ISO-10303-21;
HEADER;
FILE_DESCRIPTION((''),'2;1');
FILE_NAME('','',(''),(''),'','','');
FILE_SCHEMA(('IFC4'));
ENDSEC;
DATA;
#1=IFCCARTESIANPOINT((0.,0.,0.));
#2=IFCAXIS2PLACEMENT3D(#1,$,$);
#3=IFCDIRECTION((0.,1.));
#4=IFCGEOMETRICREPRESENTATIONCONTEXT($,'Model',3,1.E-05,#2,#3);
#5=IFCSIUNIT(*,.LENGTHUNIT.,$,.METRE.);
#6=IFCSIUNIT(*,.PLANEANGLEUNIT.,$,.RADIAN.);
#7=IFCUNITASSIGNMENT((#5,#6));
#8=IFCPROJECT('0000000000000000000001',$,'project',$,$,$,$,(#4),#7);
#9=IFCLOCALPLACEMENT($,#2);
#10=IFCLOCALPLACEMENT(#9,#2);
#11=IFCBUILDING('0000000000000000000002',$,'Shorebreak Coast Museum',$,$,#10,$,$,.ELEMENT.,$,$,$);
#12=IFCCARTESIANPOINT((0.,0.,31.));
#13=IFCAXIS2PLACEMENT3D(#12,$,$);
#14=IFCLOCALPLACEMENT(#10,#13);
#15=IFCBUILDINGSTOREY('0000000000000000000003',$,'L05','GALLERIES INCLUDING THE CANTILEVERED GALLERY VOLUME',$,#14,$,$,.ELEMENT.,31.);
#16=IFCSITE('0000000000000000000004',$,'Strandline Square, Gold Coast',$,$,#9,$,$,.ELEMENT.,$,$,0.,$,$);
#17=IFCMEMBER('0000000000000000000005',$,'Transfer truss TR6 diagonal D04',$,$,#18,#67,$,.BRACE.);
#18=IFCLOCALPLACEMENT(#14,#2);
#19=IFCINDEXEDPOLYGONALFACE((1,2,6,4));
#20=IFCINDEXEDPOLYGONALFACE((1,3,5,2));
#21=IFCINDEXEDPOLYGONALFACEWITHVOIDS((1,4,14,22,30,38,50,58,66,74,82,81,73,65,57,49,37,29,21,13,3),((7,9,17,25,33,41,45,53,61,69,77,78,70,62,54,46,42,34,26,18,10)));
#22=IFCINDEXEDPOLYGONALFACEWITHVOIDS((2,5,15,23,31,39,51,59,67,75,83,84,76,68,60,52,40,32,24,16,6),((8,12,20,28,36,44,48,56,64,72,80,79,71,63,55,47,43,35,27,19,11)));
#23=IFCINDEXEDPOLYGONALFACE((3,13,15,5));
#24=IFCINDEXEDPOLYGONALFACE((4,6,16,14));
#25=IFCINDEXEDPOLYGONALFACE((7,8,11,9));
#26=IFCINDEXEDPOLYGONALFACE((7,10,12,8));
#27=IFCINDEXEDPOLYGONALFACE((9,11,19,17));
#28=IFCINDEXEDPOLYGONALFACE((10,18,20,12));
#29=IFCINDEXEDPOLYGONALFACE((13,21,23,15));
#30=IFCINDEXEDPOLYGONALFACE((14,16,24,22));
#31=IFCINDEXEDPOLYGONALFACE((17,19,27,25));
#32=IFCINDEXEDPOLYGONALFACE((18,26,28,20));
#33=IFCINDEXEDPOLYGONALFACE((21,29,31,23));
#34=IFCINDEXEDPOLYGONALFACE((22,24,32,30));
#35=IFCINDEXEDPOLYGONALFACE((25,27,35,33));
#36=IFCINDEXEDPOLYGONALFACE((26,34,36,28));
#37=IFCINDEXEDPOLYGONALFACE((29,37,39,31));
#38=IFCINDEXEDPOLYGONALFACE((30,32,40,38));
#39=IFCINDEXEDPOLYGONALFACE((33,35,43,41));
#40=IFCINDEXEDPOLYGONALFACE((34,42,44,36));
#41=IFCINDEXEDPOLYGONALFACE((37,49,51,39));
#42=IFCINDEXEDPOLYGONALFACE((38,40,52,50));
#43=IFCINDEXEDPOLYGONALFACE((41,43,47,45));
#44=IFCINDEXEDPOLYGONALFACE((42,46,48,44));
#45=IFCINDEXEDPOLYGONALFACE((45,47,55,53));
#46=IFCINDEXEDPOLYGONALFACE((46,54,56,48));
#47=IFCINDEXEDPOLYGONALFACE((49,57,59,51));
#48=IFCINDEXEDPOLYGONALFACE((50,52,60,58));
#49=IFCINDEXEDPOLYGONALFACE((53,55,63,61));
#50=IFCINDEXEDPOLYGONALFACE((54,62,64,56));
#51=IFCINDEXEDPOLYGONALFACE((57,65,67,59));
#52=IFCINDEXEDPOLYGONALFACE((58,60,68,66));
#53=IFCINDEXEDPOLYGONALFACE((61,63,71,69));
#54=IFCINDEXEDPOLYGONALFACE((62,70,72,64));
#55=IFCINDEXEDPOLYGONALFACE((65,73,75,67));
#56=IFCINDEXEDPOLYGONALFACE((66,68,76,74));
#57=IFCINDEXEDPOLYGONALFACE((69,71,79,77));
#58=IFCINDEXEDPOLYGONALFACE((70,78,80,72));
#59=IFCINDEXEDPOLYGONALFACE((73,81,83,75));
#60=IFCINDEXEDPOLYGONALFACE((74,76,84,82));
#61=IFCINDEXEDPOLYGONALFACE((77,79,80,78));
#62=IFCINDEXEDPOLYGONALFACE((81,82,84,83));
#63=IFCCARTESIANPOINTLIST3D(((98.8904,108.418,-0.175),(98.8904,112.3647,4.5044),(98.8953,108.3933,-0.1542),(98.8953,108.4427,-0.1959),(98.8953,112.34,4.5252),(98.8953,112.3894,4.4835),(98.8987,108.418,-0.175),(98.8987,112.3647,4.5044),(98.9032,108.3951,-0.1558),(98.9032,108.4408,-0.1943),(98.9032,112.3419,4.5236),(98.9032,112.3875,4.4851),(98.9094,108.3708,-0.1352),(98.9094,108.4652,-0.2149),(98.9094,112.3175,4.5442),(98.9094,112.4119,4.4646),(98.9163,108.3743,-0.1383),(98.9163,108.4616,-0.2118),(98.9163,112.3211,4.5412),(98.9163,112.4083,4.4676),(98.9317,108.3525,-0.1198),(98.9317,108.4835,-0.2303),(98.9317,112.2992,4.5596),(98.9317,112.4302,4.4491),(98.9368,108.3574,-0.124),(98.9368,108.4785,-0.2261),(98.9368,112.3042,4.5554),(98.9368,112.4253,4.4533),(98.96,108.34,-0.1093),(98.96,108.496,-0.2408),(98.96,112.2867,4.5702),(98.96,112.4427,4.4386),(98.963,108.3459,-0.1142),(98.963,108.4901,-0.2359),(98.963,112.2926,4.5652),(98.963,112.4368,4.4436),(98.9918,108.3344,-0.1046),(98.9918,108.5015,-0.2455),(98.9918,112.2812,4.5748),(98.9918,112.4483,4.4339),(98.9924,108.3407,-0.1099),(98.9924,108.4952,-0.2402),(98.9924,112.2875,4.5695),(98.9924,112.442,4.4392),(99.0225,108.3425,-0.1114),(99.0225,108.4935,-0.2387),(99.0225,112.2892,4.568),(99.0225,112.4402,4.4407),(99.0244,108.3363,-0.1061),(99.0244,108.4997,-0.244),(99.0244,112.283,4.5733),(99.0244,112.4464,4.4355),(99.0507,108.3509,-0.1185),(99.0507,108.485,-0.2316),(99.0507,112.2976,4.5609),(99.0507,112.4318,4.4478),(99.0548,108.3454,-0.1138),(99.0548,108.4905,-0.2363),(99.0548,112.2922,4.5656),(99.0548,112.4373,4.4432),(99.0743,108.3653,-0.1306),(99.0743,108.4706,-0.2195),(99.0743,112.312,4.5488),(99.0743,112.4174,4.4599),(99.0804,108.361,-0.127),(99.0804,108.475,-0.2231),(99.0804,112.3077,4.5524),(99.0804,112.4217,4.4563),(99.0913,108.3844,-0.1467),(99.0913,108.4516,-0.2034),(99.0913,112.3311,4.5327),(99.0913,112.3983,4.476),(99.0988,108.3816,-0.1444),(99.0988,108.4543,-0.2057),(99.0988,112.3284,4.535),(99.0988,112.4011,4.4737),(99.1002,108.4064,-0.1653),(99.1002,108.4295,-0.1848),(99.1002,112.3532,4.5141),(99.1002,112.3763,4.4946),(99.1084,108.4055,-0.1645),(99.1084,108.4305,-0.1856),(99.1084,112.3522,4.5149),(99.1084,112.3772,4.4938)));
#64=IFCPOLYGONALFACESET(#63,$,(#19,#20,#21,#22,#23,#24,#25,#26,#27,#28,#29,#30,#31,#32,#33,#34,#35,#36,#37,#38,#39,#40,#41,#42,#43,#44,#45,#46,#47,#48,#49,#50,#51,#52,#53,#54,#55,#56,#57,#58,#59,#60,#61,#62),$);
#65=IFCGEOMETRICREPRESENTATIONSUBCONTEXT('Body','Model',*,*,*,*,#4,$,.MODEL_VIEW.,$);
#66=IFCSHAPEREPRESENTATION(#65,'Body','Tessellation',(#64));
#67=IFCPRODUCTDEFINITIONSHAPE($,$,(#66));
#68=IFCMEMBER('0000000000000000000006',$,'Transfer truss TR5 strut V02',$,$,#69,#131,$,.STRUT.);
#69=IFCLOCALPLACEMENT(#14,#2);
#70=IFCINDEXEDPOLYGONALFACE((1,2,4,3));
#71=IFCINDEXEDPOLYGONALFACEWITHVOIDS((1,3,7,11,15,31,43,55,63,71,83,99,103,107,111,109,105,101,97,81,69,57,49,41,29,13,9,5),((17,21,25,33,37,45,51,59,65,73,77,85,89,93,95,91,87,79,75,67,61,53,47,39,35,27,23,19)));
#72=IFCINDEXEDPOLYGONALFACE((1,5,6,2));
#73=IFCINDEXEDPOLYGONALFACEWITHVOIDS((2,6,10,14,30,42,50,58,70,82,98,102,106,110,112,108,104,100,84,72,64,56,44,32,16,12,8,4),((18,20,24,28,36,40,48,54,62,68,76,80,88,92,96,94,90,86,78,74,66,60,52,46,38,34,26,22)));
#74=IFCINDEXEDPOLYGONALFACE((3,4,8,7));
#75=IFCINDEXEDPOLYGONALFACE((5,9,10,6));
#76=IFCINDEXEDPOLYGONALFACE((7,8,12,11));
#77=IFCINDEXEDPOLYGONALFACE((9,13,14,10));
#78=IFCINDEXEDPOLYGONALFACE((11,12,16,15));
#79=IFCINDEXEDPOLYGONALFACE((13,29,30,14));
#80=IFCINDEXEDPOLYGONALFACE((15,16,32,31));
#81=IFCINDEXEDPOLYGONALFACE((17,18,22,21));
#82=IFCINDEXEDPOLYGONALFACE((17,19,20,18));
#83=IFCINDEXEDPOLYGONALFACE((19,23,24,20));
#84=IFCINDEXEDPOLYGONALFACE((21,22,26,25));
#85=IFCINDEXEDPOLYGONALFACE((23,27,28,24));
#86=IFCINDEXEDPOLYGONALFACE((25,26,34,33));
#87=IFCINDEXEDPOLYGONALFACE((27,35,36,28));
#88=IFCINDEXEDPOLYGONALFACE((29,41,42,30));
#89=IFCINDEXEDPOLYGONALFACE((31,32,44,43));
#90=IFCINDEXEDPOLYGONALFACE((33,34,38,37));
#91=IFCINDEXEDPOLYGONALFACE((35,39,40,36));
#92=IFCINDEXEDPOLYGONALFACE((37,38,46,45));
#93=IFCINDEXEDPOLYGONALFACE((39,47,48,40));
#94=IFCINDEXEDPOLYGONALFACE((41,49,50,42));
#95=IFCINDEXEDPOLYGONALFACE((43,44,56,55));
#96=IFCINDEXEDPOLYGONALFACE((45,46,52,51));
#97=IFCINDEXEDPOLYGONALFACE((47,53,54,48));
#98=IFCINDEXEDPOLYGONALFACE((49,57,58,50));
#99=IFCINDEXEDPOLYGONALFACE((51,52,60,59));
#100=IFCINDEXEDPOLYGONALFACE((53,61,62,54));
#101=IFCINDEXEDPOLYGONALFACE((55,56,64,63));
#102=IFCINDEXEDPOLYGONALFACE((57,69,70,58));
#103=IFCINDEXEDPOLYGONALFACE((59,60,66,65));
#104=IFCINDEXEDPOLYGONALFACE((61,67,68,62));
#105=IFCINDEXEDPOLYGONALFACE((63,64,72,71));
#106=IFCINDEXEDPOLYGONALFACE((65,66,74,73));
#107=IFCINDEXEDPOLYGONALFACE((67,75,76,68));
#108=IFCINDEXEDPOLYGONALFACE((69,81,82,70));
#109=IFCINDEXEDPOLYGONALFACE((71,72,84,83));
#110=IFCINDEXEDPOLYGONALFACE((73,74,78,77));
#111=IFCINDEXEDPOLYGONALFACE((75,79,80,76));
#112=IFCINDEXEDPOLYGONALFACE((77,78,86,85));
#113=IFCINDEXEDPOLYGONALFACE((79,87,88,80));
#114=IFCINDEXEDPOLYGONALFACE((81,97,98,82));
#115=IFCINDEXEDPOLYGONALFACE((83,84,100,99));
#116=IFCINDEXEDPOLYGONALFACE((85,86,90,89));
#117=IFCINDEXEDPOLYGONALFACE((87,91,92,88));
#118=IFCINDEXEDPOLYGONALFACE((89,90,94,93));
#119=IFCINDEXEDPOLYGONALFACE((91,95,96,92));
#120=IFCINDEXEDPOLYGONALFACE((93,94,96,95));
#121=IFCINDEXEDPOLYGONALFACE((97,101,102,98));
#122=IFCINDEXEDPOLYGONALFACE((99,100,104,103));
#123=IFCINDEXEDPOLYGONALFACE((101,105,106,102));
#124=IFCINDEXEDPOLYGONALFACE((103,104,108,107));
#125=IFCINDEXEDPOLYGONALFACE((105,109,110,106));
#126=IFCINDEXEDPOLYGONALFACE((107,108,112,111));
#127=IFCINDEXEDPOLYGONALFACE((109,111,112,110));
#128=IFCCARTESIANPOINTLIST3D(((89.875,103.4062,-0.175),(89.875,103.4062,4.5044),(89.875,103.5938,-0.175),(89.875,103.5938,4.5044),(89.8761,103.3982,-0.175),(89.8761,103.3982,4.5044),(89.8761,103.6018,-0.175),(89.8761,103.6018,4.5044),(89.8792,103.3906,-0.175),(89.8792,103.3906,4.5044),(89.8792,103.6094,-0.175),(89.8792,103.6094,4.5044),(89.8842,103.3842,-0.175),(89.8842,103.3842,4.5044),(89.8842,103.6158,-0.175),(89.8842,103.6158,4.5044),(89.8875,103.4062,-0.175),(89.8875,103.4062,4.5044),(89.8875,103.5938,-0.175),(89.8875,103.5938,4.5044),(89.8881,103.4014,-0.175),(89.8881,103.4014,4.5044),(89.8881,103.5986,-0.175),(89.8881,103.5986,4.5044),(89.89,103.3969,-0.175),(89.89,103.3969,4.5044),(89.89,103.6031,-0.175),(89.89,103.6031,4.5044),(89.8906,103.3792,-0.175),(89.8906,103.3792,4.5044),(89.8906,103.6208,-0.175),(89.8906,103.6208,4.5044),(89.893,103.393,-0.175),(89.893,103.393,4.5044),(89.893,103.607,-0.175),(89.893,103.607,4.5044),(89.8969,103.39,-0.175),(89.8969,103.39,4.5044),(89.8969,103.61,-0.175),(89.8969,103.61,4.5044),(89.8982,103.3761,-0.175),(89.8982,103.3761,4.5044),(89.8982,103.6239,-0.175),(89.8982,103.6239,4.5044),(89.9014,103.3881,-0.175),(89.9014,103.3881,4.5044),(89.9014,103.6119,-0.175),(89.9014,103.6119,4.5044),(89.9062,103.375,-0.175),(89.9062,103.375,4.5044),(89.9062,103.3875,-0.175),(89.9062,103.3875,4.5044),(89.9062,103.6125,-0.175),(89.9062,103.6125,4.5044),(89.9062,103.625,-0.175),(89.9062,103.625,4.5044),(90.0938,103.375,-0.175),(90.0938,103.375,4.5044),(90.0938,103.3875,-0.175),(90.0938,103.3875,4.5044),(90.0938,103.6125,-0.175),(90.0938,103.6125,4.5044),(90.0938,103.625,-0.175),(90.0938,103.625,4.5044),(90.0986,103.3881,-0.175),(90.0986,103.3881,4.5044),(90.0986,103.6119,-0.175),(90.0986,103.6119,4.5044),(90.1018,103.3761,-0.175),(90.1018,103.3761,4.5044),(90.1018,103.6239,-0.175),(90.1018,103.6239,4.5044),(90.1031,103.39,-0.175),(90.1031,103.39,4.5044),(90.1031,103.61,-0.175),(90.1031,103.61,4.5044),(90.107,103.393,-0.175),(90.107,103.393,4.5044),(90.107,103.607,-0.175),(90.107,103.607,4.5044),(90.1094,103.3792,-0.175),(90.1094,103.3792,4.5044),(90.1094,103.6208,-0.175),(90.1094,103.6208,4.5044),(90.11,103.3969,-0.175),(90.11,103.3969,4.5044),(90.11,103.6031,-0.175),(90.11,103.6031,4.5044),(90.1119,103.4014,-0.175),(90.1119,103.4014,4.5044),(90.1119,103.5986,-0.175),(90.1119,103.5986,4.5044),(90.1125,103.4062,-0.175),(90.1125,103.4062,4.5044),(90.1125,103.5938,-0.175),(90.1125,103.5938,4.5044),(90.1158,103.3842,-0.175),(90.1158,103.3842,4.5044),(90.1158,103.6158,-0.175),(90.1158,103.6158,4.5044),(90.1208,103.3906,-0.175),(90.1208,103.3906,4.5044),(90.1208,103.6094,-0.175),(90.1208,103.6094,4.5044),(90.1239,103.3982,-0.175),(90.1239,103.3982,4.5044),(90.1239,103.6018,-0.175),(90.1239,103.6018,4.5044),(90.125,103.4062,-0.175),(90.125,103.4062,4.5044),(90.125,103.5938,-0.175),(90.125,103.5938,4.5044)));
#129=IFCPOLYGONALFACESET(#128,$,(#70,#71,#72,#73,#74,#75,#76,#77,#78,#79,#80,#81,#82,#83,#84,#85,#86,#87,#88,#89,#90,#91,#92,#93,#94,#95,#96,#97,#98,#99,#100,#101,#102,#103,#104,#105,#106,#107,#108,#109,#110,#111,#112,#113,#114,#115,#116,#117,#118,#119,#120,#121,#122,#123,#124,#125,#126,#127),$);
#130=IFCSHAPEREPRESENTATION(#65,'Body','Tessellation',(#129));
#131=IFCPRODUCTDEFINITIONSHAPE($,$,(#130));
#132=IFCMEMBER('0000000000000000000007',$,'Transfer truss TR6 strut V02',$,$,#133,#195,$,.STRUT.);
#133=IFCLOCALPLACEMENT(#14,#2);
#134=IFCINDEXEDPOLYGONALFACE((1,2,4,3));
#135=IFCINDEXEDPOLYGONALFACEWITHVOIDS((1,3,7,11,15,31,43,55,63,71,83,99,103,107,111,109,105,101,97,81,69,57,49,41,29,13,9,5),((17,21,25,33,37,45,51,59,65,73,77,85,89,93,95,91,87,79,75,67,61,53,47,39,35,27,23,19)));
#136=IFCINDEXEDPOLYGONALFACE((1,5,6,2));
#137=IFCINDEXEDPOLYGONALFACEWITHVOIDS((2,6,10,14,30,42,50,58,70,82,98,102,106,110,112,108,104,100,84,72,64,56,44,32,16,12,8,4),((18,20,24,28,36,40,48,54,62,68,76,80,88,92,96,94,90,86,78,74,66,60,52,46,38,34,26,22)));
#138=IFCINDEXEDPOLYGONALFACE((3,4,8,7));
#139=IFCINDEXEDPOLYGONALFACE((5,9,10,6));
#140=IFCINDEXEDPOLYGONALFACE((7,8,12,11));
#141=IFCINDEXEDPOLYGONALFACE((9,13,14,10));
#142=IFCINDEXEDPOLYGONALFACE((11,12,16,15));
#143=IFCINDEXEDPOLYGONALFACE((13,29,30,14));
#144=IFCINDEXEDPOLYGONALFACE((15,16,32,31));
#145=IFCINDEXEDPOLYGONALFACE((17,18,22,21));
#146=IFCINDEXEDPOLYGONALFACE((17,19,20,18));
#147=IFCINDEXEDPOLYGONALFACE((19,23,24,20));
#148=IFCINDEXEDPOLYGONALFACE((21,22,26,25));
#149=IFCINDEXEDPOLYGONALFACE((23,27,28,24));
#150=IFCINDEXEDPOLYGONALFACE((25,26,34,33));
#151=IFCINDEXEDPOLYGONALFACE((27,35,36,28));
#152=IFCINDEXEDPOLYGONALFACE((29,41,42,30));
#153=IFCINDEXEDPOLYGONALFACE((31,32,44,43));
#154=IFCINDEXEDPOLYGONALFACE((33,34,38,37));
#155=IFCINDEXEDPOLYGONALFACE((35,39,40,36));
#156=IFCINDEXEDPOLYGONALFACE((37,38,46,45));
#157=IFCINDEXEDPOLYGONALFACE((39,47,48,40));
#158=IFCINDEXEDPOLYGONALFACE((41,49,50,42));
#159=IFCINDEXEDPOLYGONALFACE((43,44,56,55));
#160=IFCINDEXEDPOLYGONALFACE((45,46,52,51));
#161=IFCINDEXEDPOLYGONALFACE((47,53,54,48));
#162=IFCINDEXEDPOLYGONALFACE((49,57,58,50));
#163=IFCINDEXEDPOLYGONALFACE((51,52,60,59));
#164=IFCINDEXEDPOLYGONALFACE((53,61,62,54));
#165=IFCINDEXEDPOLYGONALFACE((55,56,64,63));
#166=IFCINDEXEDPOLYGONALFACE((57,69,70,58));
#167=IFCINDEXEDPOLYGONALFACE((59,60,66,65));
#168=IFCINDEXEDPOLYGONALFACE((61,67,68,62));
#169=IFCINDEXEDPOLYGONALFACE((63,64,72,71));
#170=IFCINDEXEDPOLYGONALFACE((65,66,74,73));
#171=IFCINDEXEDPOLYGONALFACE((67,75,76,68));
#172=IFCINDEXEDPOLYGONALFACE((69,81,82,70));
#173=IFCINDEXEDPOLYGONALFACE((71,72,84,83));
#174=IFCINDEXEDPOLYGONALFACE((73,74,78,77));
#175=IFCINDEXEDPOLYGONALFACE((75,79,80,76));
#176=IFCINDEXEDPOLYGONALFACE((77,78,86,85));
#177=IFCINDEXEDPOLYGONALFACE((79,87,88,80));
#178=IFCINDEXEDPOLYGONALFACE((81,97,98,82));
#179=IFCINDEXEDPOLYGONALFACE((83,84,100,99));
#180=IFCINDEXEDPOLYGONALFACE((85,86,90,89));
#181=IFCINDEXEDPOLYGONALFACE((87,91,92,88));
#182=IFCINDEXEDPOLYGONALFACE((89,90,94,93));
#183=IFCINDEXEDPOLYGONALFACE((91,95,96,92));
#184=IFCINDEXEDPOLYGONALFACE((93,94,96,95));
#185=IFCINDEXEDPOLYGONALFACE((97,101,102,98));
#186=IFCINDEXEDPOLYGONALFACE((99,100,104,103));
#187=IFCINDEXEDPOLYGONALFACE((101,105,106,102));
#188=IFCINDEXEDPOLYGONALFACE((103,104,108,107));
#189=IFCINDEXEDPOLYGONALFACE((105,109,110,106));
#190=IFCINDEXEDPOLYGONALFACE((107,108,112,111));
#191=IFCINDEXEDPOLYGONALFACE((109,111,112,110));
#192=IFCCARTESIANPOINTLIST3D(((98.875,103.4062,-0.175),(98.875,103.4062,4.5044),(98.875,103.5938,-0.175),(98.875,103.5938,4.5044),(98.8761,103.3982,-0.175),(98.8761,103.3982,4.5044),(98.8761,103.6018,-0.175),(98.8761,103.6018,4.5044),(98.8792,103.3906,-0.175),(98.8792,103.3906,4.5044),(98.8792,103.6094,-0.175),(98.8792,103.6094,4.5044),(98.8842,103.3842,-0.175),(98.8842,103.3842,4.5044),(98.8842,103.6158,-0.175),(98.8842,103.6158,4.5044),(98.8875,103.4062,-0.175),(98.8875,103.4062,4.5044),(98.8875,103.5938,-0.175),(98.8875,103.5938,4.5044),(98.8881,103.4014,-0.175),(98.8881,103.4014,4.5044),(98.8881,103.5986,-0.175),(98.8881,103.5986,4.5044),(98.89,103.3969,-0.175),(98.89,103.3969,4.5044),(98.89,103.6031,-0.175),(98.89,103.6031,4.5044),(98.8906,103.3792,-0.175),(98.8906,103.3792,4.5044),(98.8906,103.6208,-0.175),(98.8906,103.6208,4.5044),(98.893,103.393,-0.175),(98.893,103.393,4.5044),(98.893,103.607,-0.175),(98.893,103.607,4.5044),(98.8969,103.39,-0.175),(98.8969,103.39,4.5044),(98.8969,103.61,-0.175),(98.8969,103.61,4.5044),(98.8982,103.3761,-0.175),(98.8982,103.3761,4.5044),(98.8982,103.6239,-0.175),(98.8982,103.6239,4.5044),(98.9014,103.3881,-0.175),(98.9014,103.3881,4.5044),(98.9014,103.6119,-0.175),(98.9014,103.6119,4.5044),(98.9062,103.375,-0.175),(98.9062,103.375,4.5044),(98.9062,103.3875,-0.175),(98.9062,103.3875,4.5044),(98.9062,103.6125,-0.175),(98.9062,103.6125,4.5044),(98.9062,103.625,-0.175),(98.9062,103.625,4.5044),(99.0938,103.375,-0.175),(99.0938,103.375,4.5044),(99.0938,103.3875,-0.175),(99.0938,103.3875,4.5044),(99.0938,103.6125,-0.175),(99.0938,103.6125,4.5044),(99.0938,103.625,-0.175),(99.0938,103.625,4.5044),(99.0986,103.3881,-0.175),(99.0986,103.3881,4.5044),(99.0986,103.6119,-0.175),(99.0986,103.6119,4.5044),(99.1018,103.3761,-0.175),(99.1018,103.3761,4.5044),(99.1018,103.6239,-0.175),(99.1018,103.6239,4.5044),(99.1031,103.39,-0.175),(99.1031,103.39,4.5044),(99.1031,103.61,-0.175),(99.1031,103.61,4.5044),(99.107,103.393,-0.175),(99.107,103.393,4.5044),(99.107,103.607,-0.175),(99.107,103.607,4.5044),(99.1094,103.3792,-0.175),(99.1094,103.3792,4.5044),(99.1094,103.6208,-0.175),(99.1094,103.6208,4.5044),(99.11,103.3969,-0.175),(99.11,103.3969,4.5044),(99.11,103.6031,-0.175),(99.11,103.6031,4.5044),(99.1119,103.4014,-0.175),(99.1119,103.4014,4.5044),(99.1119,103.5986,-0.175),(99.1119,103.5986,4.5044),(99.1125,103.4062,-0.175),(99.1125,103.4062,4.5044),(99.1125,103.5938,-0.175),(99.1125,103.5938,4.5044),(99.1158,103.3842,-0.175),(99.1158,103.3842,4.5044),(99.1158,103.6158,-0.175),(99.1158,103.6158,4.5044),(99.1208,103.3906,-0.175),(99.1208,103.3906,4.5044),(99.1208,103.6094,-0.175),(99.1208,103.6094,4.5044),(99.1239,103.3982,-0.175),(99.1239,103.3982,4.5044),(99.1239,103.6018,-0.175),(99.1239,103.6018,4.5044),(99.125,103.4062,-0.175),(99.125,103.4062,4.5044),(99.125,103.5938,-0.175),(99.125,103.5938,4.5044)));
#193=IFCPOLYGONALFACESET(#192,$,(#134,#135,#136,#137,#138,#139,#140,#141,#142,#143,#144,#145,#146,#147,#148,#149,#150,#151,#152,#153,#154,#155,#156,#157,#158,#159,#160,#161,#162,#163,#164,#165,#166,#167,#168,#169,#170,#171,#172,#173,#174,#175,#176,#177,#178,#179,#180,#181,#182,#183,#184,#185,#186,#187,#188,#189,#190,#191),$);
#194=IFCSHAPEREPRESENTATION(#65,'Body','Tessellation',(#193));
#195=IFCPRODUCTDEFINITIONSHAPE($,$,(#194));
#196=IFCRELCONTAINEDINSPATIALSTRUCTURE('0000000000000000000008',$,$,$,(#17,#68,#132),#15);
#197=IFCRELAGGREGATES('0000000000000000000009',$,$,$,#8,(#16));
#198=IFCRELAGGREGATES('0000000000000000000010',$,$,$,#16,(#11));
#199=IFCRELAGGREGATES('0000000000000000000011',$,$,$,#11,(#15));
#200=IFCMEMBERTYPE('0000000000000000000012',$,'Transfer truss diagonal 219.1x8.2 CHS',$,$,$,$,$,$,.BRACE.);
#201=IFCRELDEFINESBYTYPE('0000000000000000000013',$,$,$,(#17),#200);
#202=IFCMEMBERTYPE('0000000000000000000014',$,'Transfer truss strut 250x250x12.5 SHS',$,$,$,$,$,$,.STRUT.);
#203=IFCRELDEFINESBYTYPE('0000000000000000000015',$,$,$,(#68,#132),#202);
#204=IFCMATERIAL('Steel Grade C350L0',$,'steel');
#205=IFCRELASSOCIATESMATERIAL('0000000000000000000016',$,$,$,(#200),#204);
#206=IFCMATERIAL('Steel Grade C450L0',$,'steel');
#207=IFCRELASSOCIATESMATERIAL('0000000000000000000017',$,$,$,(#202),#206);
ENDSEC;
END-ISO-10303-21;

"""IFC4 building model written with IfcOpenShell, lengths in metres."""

from ifc_helpers import new_model, si_unit, direction, frame, origin, origin_2d, place, context, subcontext, project, spatial, hollow_rectangle, hollow_circle, extrude, material, material_profile, profile_set, type_object, element, save


model = new_model("IFC4")

# Units and contexts
model_context = context("Model", 3, precision=1e-05, world=origin(), true_north=direction((0.0, 1.0)))
body_context = subcontext(model_context, "Body", "Model", "MODEL_VIEW")
ifc_project = project(units=[si_unit("LENGTHUNIT", "METRE"), si_unit("PLANEANGLEUNIT", "RADIAN")], contexts=[model_context])

# Site, building, storey
site_placement = place(None, origin())
site = spatial("IfcSite", under=ifc_project, at=site_placement, Name="Strandline Square, Gold Coast", CompositionType="ELEMENT", RefElevation=0.0)
building_placement = place(site_placement, origin())
building = spatial("IfcBuilding", under=site, at=building_placement, Name="Shorebreak Coast Museum", CompositionType="ELEMENT")
storey_placement = place(building_placement, frame((0.0, 0.0, 31.0)))
storey = spatial("IfcBuildingStorey", under=building, at=storey_placement, Name="L05", Description="GALLERIES INCLUDING THE CANTILEVERED GALLERY VOLUME", CompositionType="ELEMENT", Elevation=31.0)

# Members
ifc_material_1 = material(Name="Steel Grade C350L0", Category="steel")
ifc_material_profile_1 = material_profile(ifc_material_1, hollow_circle(Radius=0.1096, WallThickness=0.0083, at=origin_2d()), Name="219.1x8.2 CHS")
ifc_profile_set_1 = profile_set([ifc_material_profile_1], Name="Steel Grade C350L0")
member_type_1 = type_object("IfcMemberType", Name="Transfer truss diagonal 219.1x8.2 CHS", PredefinedType="BRACE", material=ifc_profile_set_1)
for number, where, z_axis, x_axis, name in (
    (1, (99.0, 108.418, -0.175), (0.0, 0.644728, 0.764412), (-1.0, 0.0, 0.0), "Transfer truss TR6 diagonal D04"),
):
    element("IfcMember", number, at=place(storey_placement, frame(where, z_axis=z_axis, x_axis=x_axis)), inside=storey, type_object=member_type_1, Name=name, PredefinedType="BRACE", context=body_context, shape_type="SweptSolid", body=[
        extrude(hollow_circle(Radius=0.1096, WallThickness=0.0083, at=origin_2d()), origin(), (0.0, 0.0, 1.0), 6.1216),
    ])
ifc_material_2 = material(Name="Steel Grade C450L0", Category="steel")
ifc_material_profile_2 = material_profile(ifc_material_2, hollow_rectangle(XDim=0.25, YDim=0.25, WallThickness=0.0125, InnerFilletRadius=0.0188, OuterFilletRadius=0.0312, at=origin_2d()), Name="250x250x12.5 SHS")
ifc_profile_set_2 = profile_set([ifc_material_profile_2], Name="Steel Grade C450L0")
member_type_2 = type_object("IfcMemberType", Name="Transfer truss strut 250x250x12.5 SHS", PredefinedType="STRUT", material=ifc_profile_set_2)
for number, where, z_axis, x_axis, name in (
    (2, (90.0, 103.5, -0.175), (0.0, 0.0, 1.0), (1.0, 0.0, 0.0), "Transfer truss TR5 strut V02"),
    (3, (99.0, 103.5, -0.175), (0.0, 0.0, 1.0), (1.0, 0.0, 0.0), "Transfer truss TR6 strut V02"),
):
    element("IfcMember", number, at=place(storey_placement, frame(where, z_axis=z_axis, x_axis=x_axis)), inside=storey, type_object=member_type_2, Name=name, PredefinedType="STRUT", context=body_context, shape_type="SweptSolid", body=[
        extrude(hollow_rectangle(XDim=0.25, YDim=0.25, WallThickness=0.0125, InnerFilletRadius=0.0188, OuterFilletRadius=0.0312, at=origin_2d()), origin(), (0.0, 0.0, 1.0), 4.6794),
    ])

save(model, "model.ifc")
